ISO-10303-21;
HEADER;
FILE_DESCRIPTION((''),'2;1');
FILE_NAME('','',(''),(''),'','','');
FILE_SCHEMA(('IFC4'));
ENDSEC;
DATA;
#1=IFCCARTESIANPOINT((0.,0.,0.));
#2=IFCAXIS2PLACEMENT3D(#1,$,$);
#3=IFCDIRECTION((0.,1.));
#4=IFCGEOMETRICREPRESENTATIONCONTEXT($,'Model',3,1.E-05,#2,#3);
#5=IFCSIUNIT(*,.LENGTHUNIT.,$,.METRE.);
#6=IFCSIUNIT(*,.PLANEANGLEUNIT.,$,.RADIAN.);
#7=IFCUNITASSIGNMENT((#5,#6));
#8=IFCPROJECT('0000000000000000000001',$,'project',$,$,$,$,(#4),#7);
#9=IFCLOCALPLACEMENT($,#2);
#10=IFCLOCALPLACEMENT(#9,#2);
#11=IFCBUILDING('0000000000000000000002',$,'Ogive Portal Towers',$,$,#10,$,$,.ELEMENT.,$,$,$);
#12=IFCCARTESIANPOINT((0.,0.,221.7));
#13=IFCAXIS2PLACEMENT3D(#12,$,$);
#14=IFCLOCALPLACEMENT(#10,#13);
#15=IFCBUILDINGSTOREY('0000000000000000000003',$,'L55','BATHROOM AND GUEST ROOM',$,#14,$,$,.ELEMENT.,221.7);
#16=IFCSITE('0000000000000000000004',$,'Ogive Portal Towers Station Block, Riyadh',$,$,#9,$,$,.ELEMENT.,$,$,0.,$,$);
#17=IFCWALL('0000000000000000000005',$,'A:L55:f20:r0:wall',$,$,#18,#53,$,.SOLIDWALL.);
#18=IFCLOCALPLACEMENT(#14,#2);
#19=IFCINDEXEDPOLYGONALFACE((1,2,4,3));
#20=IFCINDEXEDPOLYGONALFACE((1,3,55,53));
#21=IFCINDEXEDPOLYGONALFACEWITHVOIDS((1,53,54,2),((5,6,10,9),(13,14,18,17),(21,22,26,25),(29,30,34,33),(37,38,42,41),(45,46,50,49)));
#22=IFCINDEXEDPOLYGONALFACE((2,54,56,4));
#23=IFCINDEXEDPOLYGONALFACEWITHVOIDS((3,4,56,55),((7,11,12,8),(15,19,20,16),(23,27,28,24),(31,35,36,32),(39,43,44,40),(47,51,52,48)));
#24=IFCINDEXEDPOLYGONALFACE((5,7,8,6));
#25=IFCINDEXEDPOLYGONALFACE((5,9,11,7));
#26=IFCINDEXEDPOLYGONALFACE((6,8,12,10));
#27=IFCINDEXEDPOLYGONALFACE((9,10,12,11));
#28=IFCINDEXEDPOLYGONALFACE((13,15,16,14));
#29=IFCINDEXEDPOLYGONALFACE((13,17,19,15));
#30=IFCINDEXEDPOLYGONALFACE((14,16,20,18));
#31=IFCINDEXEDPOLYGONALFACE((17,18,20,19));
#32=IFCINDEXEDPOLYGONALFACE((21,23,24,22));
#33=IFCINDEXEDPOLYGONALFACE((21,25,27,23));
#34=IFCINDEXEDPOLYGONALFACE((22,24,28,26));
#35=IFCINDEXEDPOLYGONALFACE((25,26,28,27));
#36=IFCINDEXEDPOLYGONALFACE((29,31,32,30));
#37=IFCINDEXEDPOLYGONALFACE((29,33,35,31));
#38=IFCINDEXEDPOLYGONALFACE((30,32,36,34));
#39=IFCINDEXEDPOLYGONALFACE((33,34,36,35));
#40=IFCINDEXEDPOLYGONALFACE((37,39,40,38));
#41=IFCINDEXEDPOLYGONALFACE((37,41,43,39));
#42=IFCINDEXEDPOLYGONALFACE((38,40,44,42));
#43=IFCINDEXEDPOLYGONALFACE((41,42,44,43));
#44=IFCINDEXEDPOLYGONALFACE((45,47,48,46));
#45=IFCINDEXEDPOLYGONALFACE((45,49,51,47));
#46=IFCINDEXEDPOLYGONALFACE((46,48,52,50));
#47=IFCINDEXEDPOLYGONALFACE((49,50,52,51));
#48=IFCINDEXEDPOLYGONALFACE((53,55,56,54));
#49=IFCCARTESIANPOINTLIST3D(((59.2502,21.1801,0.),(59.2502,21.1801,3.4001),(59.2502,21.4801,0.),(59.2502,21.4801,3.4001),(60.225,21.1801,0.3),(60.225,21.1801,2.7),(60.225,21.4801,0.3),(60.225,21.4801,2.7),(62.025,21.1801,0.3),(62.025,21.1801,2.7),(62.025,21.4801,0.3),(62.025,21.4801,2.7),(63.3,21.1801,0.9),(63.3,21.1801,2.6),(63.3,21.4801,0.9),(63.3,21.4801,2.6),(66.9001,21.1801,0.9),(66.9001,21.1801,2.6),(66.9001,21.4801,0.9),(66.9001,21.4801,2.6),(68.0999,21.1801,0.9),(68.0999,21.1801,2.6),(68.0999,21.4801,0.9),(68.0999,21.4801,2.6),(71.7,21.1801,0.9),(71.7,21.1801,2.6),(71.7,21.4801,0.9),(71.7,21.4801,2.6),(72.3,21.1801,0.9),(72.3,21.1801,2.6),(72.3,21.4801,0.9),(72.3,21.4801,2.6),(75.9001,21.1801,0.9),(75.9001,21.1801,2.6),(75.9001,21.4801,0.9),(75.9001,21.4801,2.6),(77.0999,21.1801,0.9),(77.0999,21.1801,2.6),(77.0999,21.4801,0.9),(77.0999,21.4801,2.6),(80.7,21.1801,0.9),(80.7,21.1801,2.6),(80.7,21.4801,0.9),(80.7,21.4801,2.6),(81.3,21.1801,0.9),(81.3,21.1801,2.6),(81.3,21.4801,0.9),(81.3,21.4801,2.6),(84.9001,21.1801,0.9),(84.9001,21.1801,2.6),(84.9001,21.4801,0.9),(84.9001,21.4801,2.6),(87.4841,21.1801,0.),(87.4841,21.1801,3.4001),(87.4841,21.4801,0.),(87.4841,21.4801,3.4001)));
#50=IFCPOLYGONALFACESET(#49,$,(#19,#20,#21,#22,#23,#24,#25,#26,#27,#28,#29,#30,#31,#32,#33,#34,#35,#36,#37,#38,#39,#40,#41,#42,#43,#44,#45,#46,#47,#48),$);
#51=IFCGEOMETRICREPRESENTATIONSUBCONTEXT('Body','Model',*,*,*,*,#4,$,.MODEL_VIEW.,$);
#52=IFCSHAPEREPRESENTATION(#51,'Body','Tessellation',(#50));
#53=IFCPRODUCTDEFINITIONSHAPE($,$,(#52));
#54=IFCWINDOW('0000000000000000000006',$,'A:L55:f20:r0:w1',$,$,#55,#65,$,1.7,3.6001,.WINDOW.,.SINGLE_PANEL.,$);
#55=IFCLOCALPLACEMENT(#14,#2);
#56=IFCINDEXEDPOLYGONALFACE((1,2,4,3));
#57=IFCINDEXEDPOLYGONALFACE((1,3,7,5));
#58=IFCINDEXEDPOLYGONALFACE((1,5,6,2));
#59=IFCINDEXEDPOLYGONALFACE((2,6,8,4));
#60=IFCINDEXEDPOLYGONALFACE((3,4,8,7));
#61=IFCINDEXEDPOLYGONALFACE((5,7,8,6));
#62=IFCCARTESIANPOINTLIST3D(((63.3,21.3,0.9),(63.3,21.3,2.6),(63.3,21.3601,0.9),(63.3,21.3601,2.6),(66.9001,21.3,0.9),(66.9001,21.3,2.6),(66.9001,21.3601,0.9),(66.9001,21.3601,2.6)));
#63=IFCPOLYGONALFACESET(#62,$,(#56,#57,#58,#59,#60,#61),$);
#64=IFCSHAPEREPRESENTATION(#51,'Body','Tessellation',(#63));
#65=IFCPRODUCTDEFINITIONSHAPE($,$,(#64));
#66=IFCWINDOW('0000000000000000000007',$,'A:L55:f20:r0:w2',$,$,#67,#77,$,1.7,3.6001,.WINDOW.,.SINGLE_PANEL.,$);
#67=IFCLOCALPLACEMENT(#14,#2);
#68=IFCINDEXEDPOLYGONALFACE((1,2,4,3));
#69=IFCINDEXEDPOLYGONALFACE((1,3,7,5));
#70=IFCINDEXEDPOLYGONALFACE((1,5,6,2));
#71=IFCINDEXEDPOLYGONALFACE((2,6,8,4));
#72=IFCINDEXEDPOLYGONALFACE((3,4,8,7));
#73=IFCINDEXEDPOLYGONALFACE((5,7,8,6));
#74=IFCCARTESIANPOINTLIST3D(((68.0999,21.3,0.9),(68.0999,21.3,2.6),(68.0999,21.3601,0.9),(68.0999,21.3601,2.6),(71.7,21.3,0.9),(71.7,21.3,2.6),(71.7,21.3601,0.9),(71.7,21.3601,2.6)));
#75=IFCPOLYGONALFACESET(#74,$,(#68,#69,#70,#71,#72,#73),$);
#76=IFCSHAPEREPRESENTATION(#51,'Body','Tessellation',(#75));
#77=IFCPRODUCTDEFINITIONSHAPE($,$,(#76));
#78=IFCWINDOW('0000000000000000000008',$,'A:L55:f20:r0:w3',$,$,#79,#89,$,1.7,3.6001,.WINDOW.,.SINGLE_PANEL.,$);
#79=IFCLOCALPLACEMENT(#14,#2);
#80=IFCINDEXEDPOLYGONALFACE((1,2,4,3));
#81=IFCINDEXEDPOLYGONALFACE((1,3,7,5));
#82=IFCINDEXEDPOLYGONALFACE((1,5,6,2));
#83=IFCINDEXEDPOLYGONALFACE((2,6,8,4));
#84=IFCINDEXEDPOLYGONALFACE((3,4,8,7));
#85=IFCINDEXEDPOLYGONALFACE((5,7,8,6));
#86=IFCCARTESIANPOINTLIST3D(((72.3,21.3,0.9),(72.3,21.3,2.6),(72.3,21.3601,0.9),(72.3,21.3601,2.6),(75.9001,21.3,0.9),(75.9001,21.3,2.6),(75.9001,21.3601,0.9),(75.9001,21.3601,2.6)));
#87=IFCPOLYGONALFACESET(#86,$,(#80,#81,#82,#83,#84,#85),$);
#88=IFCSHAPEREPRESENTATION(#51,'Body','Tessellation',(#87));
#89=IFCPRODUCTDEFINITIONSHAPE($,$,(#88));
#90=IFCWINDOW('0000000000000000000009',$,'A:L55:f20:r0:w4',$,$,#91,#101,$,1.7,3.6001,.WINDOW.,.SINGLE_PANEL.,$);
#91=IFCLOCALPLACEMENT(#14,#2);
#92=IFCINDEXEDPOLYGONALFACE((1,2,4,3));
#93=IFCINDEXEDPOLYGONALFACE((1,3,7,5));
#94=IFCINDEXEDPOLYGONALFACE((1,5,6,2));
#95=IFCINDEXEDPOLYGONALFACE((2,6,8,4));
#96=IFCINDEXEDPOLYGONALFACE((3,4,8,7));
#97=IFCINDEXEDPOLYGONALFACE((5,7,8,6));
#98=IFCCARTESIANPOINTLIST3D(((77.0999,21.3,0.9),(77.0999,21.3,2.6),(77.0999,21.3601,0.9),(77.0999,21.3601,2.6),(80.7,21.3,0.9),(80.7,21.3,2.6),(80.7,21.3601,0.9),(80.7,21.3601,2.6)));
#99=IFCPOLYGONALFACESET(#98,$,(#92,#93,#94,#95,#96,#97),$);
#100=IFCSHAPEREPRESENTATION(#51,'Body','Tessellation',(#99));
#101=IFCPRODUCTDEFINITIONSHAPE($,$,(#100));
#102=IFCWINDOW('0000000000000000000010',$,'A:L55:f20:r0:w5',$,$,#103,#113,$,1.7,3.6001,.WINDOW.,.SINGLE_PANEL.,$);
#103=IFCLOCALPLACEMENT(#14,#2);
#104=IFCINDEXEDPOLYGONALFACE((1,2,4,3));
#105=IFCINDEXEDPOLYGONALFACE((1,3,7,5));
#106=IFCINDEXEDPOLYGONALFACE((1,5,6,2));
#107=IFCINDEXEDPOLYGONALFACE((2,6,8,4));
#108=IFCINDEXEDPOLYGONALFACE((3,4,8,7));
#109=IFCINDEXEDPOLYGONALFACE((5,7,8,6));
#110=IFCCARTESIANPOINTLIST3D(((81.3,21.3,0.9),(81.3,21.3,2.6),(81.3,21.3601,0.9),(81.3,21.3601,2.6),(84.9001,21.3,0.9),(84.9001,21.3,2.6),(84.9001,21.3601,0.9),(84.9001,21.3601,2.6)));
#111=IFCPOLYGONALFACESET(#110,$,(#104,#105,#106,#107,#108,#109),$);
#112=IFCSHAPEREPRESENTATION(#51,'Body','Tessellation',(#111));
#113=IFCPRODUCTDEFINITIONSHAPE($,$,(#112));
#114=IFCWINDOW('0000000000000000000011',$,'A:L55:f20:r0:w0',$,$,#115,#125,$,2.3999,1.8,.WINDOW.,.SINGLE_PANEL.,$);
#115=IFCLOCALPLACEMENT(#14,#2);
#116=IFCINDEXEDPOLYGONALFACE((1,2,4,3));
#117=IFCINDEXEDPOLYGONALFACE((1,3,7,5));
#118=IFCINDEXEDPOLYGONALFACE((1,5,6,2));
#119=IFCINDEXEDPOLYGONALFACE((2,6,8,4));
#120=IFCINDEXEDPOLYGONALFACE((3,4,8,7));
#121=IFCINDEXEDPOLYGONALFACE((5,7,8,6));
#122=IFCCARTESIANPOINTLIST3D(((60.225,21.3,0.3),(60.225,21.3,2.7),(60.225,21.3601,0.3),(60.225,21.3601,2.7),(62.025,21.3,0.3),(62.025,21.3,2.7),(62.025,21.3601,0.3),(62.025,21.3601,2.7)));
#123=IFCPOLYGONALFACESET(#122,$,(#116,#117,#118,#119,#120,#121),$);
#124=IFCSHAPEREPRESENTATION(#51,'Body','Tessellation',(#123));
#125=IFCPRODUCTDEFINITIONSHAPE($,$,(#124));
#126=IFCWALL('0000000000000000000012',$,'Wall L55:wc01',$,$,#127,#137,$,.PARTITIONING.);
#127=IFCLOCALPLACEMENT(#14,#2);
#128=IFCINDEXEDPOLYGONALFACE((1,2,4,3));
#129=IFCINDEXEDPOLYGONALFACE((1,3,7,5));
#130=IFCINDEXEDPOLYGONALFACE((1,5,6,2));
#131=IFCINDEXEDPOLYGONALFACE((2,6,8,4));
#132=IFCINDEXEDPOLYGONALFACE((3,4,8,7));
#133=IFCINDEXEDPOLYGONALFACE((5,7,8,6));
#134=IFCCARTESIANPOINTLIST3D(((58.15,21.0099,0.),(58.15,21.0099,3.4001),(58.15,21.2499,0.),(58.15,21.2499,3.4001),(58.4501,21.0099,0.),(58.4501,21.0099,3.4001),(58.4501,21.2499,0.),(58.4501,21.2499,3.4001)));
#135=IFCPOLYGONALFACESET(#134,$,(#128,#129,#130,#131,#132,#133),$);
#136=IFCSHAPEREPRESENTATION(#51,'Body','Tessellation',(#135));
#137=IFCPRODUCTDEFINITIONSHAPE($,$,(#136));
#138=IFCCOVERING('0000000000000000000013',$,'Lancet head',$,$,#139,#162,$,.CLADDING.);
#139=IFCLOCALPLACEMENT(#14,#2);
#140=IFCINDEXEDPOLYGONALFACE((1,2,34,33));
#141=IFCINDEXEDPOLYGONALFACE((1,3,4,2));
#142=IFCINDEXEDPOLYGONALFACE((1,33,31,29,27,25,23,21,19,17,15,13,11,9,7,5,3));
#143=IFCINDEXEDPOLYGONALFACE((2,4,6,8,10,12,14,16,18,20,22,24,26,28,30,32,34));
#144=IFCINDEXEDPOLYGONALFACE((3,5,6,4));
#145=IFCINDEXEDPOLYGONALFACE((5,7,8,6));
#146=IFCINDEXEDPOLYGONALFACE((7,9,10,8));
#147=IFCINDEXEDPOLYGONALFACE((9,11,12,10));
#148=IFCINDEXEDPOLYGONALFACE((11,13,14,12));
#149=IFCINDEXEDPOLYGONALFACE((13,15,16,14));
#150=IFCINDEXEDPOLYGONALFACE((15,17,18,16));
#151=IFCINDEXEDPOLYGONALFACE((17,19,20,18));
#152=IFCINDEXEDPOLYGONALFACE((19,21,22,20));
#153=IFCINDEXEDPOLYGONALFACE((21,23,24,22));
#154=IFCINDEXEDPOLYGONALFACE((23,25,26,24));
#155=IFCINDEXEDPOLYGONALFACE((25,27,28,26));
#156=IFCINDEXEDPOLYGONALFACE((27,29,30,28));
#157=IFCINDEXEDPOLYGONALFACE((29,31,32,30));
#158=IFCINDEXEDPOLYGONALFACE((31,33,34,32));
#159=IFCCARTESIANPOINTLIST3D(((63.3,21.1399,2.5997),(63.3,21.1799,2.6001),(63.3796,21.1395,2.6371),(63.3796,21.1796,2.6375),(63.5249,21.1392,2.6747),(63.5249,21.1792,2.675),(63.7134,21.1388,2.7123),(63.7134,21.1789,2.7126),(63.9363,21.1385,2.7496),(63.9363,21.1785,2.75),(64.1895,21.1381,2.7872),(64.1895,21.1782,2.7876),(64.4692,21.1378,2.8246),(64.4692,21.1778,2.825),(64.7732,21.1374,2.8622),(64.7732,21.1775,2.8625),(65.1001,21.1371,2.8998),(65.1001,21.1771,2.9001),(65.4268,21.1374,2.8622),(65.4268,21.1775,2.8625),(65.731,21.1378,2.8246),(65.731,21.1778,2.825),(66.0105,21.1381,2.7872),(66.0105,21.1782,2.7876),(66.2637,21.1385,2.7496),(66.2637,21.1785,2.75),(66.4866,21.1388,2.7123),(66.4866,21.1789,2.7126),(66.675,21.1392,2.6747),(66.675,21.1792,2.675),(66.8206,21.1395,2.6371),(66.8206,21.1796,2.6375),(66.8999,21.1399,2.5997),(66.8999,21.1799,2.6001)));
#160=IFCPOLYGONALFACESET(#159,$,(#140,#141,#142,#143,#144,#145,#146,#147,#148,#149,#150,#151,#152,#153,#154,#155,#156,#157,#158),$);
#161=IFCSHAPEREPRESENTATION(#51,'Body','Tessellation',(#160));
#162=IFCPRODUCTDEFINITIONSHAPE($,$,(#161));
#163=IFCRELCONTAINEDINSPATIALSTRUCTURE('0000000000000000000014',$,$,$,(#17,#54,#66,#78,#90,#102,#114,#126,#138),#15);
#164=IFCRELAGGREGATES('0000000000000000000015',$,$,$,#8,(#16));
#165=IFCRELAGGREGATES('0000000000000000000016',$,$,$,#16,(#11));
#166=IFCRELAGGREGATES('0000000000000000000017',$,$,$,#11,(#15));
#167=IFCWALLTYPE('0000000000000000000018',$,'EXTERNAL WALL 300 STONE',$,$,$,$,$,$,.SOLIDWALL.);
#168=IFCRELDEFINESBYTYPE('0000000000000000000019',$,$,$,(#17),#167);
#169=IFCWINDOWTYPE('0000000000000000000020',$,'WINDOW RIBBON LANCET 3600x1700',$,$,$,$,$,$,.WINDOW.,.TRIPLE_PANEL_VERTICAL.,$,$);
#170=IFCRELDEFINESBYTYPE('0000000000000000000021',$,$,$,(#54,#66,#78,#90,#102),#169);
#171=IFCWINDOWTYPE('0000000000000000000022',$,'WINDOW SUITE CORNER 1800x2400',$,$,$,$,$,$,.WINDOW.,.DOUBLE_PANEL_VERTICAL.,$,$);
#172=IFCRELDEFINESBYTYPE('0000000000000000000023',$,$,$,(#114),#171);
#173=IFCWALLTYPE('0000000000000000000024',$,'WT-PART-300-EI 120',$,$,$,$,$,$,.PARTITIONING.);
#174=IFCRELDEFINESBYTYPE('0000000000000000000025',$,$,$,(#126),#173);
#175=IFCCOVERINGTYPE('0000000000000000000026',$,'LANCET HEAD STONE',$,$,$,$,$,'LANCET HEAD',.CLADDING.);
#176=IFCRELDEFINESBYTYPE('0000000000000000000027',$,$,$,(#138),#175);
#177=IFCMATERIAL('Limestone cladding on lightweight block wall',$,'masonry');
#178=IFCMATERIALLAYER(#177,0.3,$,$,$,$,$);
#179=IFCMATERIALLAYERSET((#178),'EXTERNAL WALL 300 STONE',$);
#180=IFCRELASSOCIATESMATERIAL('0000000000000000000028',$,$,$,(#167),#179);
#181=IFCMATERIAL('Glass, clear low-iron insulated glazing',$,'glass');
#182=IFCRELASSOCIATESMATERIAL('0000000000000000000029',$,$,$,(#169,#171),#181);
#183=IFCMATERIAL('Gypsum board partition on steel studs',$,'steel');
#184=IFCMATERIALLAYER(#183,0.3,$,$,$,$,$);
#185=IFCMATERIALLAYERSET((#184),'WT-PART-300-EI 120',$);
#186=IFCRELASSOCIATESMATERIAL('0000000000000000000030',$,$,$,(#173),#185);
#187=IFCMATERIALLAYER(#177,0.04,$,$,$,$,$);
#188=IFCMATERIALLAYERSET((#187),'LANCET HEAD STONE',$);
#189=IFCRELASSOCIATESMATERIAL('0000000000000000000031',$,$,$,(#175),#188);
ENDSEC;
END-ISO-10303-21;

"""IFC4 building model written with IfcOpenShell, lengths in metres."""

from ifc_helpers import new_model, si_unit, direction, frame, frame_2d, origin, place, context, subcontext, project, spatial, polyline, rectangle, outline, extrude, material, layer, layer_set, type_object, element, fill, save


model = new_model("IFC4")

# Units and contexts
model_context = context("Model", 3, precision=1e-05, world=origin(), true_north=direction((0.0, 1.0)))
body_context = subcontext(model_context, "Body", "Model", "MODEL_VIEW")
ifc_project = project(units=[si_unit("LENGTHUNIT", "METRE"), si_unit("PLANEANGLEUNIT", "RADIAN")], contexts=[model_context])

# Site, building, storey
site_placement = place(None, origin())
site = spatial("IfcSite", under=ifc_project, at=site_placement, Name="Ogive Portal Towers Station Block, Riyadh", CompositionType="ELEMENT", RefElevation=0.0)
building_placement = place(site_placement, origin())
building = spatial("IfcBuilding", under=site, at=building_placement, Name="Ogive Portal Towers", CompositionType="ELEMENT")
storey_placement = place(building_placement, frame((0.0, 0.0, 221.7)))
storey = spatial("IfcBuildingStorey", under=building, at=storey_placement, Name="L55", Description="BATHROOM AND GUEST ROOM", CompositionType="ELEMENT", Elevation=221.7)

# Shared definitions
ifc_material_1 = material(Name="Limestone cladding on lightweight block wall", Category="masonry")
ifc_layer_1 = layer(ifc_material_1, 0.3)
ifc_layer_set_1 = layer_set([ifc_layer_1], Name="EXTERNAL WALL 300 STONE")
wall_type_1 = type_object("IfcWallType", Name="EXTERNAL WALL 300 STONE", PredefinedType="SOLIDWALL", material=ifc_layer_set_1)

# Wall, openings, windows
wall_1_placement = place(storey_placement, frame((59.2502, 21.3301, 0.0), z_axis=(0.0, 0.0, 1.0), x_axis=(1.0, 0.0, 0.0)))
wall_1 = element("IfcWall", 1, at=wall_1_placement, inside=storey, type_object=wall_type_1, Name="A:L55:f20:r0:wall", PredefinedType="SOLIDWALL", context=body_context, shape_type="SweptSolid", body=[
    extrude(rectangle(XDim=28.2339, YDim=0.3, at=frame_2d((14.1169, 0.0))), origin(), (0.0, 0.0, 1.0), 3.4001),
])
opening_1_placement = place(wall_1_placement, frame((0.9749, 0.0, 0.3)))
opening_1 = element("IfcOpeningElement", 2, at=opening_1_placement, cuts=wall_1, PredefinedType="OPENING", context=body_context, shape_type="SweptSolid", body=[
    extrude(rectangle(XDim=1.8, YDim=2.3999, at=frame_2d((0.8999, 1.2))), frame((0.0, 0.1602, 0.0), z_axis=(0.0, -1.0, 0.0), x_axis=(1.0, 0.0, 0.0)), (0.0, 0.0, 1.0), 0.3201),
])
opening_2_placement = place(wall_1_placement, frame((4.0498, 0.0, 0.8999)))
opening_2 = element("IfcOpeningElement", 3, at=opening_2_placement, cuts=wall_1, PredefinedType="OPENING", context=body_context, shape_type="SweptSolid", body=[
    extrude(rectangle(XDim=3.6001, YDim=1.7, at=frame_2d((1.8, 0.8501))), frame((0.0, 0.1602, 0.0), z_axis=(0.0, -1.0, 0.0), x_axis=(1.0, 0.0, 0.0)), (0.0, 0.0, 1.0), 0.3201),
])
opening_3_placement = place(wall_1_placement, frame((8.8496, 0.0, 0.8999)))
opening_3 = element("IfcOpeningElement", 4, at=opening_3_placement, cuts=wall_1, PredefinedType="OPENING", context=body_context, shape_type="SweptSolid", body=[
    extrude(rectangle(XDim=3.6001, YDim=1.7, at=frame_2d((1.8, 0.8501))), frame((0.0, 0.1602, 0.0), z_axis=(0.0, -1.0, 0.0), x_axis=(1.0, 0.0, 0.0)), (0.0, 0.0, 1.0), 0.3201),
])
opening_4_placement = place(wall_1_placement, frame((13.0498, 0.0, 0.8999)))
opening_4 = element("IfcOpeningElement", 5, at=opening_4_placement, cuts=wall_1, PredefinedType="OPENING", context=body_context, shape_type="SweptSolid", body=[
    extrude(rectangle(XDim=3.6001, YDim=1.7, at=frame_2d((1.8, 0.8501))), frame((0.0, 0.1602, 0.0), z_axis=(0.0, -1.0, 0.0), x_axis=(1.0, 0.0, 0.0)), (0.0, 0.0, 1.0), 0.3201),
])
opening_5_placement = place(wall_1_placement, frame((17.8496, 0.0, 0.8999)))
opening_5 = element("IfcOpeningElement", 6, at=opening_5_placement, cuts=wall_1, PredefinedType="OPENING", context=body_context, shape_type="SweptSolid", body=[
    extrude(rectangle(XDim=3.6001, YDim=1.7, at=frame_2d((1.8, 0.8501))), frame((0.0, 0.1602, 0.0), z_axis=(0.0, -1.0, 0.0), x_axis=(1.0, 0.0, 0.0)), (0.0, 0.0, 1.0), 0.3201),
])
opening_6_placement = place(wall_1_placement, frame((22.0498, 0.0, 0.8999)))
opening_6 = element("IfcOpeningElement", 7, at=opening_6_placement, cuts=wall_1, PredefinedType="OPENING", context=body_context, shape_type="SweptSolid", body=[
    extrude(rectangle(XDim=3.6001, YDim=1.7, at=frame_2d((1.8, 0.8501))), frame((0.0, 0.1602, 0.0), z_axis=(0.0, -1.0, 0.0), x_axis=(1.0, 0.0, 0.0)), (0.0, 0.0, 1.0), 0.3201),
])
ifc_material_2 = material(Name="Glass, clear low-iron insulated glazing", Category="glass")
window_type_1 = type_object("IfcWindowType", Name="WINDOW RIBBON LANCET 3600x1700", PartitioningType="TRIPLE_PANEL_VERTICAL", PredefinedType="WINDOW", material=ifc_material_2)
window_1_placement = place(opening_2_placement, origin())
window_1 = element("IfcWindow", 8, at=window_1_placement, inside=storey, type_object=window_type_1, Name="A:L55:f20:r0:w1", OverallHeight=1.7, OverallWidth=3.6001, PartitioningType="SINGLE_PANEL", PredefinedType="WINDOW", context=body_context, shape_type="SweptSolid", body=[
    extrude(rectangle(XDim=3.6001, YDim=1.7, at=frame_2d((1.8, 0.8501))), frame((0.0, 0.03, 0.0), z_axis=(0.0, -1.0, 0.0), x_axis=(1.0, 0.0, 0.0)), (0.0, 0.0, 1.0), 0.0601),
])
fill(opening_2, window_1)
window_2_placement = place(opening_3_placement, origin())
window_2 = element("IfcWindow", 9, at=window_2_placement, inside=storey, type_object=window_type_1, Name="A:L55:f20:r0:w2", OverallHeight=1.7, OverallWidth=3.6001, PartitioningType="SINGLE_PANEL", PredefinedType="WINDOW", context=body_context, shape_type="SweptSolid", body=[
    extrude(rectangle(XDim=3.6001, YDim=1.7, at=frame_2d((1.8, 0.8501))), frame((0.0, 0.03, 0.0), z_axis=(0.0, -1.0, 0.0), x_axis=(1.0, 0.0, 0.0)), (0.0, 0.0, 1.0), 0.0601),
])
fill(opening_3, window_2)
window_3_placement = place(opening_4_placement, origin())
window_3 = element("IfcWindow", 10, at=window_3_placement, inside=storey, type_object=window_type_1, Name="A:L55:f20:r0:w3", OverallHeight=1.7, OverallWidth=3.6001, PartitioningType="SINGLE_PANEL", PredefinedType="WINDOW", context=body_context, shape_type="SweptSolid", body=[
    extrude(rectangle(XDim=3.6001, YDim=1.7, at=frame_2d((1.8, 0.8501))), frame((0.0, 0.03, 0.0), z_axis=(0.0, -1.0, 0.0), x_axis=(1.0, 0.0, 0.0)), (0.0, 0.0, 1.0), 0.0601),
])
fill(opening_4, window_3)
window_4_placement = place(opening_5_placement, origin())
window_4 = element("IfcWindow", 11, at=window_4_placement, inside=storey, type_object=window_type_1, Name="A:L55:f20:r0:w4", OverallHeight=1.7, OverallWidth=3.6001, PartitioningType="SINGLE_PANEL", PredefinedType="WINDOW", context=body_context, shape_type="SweptSolid", body=[
    extrude(rectangle(XDim=3.6001, YDim=1.7, at=frame_2d((1.8, 0.8501))), frame((0.0, 0.03, 0.0), z_axis=(0.0, -1.0, 0.0), x_axis=(1.0, 0.0, 0.0)), (0.0, 0.0, 1.0), 0.0601),
])
fill(opening_5, window_4)
window_5_placement = place(opening_6_placement, origin())
window_5 = element("IfcWindow", 12, at=window_5_placement, inside=storey, type_object=window_type_1, Name="A:L55:f20:r0:w5", OverallHeight=1.7, OverallWidth=3.6001, PartitioningType="SINGLE_PANEL", PredefinedType="WINDOW", context=body_context, shape_type="SweptSolid", body=[
    extrude(rectangle(XDim=3.6001, YDim=1.7, at=frame_2d((1.8, 0.8501))), frame((0.0, 0.03, 0.0), z_axis=(0.0, -1.0, 0.0), x_axis=(1.0, 0.0, 0.0)), (0.0, 0.0, 1.0), 0.0601),
])
fill(opening_6, window_5)
window_type_2 = type_object("IfcWindowType", Name="WINDOW SUITE CORNER 1800x2400", PartitioningType="DOUBLE_PANEL_VERTICAL", PredefinedType="WINDOW", material=ifc_material_2)
window_6_placement = place(opening_1_placement, origin())
window_6 = element("IfcWindow", 13, at=window_6_placement, inside=storey, type_object=window_type_2, Name="A:L55:f20:r0:w0", OverallHeight=2.3999, OverallWidth=1.8, PartitioningType="SINGLE_PANEL", PredefinedType="WINDOW", context=body_context, shape_type="SweptSolid", body=[
    extrude(rectangle(XDim=1.8, YDim=2.3999, at=frame_2d((0.8999, 1.2))), frame((0.0, 0.03, 0.0), z_axis=(0.0, -1.0, 0.0), x_axis=(1.0, 0.0, 0.0)), (0.0, 0.0, 1.0), 0.0601),
])
fill(opening_1, window_6)

# Wall
ifc_material_3 = material(Name="Gypsum board partition on steel studs", Category="steel")
ifc_layer_2 = layer(ifc_material_3, 0.3)
ifc_layer_set_2 = layer_set([ifc_layer_2], Name="WT-PART-300-EI 120")
wall_type_2 = type_object("IfcWallType", Name="WT-PART-300-EI 120", PredefinedType="PARTITIONING", material=ifc_layer_set_2)
wall_2_placement = place(storey_placement, frame((58.3, 21.25, 0.0), z_axis=(0.0, 0.0, 1.0), x_axis=(0.0, -1.0, 0.0)))
element("IfcWall", 14, at=wall_2_placement, inside=storey, type_object=wall_type_2, Name="Wall L55:wc01", PredefinedType="PARTITIONING", context=body_context, shape_type="SweptSolid", body=[
    extrude(rectangle(XDim=0.24, YDim=0.3, at=frame_2d((0.1201, 0.0))), origin(), (0.0, 0.0, 1.0), 3.4001),
])

# Covering
ifc_layer_3 = layer(ifc_material_1, 0.04)
ifc_layer_set_3 = layer_set([ifc_layer_3], Name="LANCET HEAD STONE")
covering_type = type_object("IfcCoveringType", Name="LANCET HEAD STONE", ElementType="LANCET HEAD", PredefinedType="CLADDING", material=ifc_layer_set_3)
covering_placement = place(storey_placement, frame((63.3, 21.1799, 2.6001), z_axis=(0.0, 0.999956, 0.009428), x_axis=(1.0, 0.0, 0.0)))
element("IfcCovering", 15, at=covering_placement, inside=storey, type_object=covering_type, Name="Lancet head", PredefinedType="CLADDING", context=body_context, shape_type="SweptSolid", body=[
    extrude(outline(polyline([(0.0, 0.0), (3.5999, 0.0), (3.5205, -0.0374), (3.375, -0.075), (3.1865, -0.1126), (2.9636, -0.1499), (2.7104, -0.1875), (2.4309, -0.2249), (2.1267, -0.2625), (1.8, -0.3001), (1.4731, -0.2625), (1.1692, -0.2249), (0.8894, -0.1875), (0.6362, -0.1499), (0.4133, -0.1126), (0.2249, -0.075), (0.0796, -0.0374), (0.0, 0.0)])), origin(), (0.0, 0.0, -1.0), 0.04),
])

save(model, "model.ifc")
